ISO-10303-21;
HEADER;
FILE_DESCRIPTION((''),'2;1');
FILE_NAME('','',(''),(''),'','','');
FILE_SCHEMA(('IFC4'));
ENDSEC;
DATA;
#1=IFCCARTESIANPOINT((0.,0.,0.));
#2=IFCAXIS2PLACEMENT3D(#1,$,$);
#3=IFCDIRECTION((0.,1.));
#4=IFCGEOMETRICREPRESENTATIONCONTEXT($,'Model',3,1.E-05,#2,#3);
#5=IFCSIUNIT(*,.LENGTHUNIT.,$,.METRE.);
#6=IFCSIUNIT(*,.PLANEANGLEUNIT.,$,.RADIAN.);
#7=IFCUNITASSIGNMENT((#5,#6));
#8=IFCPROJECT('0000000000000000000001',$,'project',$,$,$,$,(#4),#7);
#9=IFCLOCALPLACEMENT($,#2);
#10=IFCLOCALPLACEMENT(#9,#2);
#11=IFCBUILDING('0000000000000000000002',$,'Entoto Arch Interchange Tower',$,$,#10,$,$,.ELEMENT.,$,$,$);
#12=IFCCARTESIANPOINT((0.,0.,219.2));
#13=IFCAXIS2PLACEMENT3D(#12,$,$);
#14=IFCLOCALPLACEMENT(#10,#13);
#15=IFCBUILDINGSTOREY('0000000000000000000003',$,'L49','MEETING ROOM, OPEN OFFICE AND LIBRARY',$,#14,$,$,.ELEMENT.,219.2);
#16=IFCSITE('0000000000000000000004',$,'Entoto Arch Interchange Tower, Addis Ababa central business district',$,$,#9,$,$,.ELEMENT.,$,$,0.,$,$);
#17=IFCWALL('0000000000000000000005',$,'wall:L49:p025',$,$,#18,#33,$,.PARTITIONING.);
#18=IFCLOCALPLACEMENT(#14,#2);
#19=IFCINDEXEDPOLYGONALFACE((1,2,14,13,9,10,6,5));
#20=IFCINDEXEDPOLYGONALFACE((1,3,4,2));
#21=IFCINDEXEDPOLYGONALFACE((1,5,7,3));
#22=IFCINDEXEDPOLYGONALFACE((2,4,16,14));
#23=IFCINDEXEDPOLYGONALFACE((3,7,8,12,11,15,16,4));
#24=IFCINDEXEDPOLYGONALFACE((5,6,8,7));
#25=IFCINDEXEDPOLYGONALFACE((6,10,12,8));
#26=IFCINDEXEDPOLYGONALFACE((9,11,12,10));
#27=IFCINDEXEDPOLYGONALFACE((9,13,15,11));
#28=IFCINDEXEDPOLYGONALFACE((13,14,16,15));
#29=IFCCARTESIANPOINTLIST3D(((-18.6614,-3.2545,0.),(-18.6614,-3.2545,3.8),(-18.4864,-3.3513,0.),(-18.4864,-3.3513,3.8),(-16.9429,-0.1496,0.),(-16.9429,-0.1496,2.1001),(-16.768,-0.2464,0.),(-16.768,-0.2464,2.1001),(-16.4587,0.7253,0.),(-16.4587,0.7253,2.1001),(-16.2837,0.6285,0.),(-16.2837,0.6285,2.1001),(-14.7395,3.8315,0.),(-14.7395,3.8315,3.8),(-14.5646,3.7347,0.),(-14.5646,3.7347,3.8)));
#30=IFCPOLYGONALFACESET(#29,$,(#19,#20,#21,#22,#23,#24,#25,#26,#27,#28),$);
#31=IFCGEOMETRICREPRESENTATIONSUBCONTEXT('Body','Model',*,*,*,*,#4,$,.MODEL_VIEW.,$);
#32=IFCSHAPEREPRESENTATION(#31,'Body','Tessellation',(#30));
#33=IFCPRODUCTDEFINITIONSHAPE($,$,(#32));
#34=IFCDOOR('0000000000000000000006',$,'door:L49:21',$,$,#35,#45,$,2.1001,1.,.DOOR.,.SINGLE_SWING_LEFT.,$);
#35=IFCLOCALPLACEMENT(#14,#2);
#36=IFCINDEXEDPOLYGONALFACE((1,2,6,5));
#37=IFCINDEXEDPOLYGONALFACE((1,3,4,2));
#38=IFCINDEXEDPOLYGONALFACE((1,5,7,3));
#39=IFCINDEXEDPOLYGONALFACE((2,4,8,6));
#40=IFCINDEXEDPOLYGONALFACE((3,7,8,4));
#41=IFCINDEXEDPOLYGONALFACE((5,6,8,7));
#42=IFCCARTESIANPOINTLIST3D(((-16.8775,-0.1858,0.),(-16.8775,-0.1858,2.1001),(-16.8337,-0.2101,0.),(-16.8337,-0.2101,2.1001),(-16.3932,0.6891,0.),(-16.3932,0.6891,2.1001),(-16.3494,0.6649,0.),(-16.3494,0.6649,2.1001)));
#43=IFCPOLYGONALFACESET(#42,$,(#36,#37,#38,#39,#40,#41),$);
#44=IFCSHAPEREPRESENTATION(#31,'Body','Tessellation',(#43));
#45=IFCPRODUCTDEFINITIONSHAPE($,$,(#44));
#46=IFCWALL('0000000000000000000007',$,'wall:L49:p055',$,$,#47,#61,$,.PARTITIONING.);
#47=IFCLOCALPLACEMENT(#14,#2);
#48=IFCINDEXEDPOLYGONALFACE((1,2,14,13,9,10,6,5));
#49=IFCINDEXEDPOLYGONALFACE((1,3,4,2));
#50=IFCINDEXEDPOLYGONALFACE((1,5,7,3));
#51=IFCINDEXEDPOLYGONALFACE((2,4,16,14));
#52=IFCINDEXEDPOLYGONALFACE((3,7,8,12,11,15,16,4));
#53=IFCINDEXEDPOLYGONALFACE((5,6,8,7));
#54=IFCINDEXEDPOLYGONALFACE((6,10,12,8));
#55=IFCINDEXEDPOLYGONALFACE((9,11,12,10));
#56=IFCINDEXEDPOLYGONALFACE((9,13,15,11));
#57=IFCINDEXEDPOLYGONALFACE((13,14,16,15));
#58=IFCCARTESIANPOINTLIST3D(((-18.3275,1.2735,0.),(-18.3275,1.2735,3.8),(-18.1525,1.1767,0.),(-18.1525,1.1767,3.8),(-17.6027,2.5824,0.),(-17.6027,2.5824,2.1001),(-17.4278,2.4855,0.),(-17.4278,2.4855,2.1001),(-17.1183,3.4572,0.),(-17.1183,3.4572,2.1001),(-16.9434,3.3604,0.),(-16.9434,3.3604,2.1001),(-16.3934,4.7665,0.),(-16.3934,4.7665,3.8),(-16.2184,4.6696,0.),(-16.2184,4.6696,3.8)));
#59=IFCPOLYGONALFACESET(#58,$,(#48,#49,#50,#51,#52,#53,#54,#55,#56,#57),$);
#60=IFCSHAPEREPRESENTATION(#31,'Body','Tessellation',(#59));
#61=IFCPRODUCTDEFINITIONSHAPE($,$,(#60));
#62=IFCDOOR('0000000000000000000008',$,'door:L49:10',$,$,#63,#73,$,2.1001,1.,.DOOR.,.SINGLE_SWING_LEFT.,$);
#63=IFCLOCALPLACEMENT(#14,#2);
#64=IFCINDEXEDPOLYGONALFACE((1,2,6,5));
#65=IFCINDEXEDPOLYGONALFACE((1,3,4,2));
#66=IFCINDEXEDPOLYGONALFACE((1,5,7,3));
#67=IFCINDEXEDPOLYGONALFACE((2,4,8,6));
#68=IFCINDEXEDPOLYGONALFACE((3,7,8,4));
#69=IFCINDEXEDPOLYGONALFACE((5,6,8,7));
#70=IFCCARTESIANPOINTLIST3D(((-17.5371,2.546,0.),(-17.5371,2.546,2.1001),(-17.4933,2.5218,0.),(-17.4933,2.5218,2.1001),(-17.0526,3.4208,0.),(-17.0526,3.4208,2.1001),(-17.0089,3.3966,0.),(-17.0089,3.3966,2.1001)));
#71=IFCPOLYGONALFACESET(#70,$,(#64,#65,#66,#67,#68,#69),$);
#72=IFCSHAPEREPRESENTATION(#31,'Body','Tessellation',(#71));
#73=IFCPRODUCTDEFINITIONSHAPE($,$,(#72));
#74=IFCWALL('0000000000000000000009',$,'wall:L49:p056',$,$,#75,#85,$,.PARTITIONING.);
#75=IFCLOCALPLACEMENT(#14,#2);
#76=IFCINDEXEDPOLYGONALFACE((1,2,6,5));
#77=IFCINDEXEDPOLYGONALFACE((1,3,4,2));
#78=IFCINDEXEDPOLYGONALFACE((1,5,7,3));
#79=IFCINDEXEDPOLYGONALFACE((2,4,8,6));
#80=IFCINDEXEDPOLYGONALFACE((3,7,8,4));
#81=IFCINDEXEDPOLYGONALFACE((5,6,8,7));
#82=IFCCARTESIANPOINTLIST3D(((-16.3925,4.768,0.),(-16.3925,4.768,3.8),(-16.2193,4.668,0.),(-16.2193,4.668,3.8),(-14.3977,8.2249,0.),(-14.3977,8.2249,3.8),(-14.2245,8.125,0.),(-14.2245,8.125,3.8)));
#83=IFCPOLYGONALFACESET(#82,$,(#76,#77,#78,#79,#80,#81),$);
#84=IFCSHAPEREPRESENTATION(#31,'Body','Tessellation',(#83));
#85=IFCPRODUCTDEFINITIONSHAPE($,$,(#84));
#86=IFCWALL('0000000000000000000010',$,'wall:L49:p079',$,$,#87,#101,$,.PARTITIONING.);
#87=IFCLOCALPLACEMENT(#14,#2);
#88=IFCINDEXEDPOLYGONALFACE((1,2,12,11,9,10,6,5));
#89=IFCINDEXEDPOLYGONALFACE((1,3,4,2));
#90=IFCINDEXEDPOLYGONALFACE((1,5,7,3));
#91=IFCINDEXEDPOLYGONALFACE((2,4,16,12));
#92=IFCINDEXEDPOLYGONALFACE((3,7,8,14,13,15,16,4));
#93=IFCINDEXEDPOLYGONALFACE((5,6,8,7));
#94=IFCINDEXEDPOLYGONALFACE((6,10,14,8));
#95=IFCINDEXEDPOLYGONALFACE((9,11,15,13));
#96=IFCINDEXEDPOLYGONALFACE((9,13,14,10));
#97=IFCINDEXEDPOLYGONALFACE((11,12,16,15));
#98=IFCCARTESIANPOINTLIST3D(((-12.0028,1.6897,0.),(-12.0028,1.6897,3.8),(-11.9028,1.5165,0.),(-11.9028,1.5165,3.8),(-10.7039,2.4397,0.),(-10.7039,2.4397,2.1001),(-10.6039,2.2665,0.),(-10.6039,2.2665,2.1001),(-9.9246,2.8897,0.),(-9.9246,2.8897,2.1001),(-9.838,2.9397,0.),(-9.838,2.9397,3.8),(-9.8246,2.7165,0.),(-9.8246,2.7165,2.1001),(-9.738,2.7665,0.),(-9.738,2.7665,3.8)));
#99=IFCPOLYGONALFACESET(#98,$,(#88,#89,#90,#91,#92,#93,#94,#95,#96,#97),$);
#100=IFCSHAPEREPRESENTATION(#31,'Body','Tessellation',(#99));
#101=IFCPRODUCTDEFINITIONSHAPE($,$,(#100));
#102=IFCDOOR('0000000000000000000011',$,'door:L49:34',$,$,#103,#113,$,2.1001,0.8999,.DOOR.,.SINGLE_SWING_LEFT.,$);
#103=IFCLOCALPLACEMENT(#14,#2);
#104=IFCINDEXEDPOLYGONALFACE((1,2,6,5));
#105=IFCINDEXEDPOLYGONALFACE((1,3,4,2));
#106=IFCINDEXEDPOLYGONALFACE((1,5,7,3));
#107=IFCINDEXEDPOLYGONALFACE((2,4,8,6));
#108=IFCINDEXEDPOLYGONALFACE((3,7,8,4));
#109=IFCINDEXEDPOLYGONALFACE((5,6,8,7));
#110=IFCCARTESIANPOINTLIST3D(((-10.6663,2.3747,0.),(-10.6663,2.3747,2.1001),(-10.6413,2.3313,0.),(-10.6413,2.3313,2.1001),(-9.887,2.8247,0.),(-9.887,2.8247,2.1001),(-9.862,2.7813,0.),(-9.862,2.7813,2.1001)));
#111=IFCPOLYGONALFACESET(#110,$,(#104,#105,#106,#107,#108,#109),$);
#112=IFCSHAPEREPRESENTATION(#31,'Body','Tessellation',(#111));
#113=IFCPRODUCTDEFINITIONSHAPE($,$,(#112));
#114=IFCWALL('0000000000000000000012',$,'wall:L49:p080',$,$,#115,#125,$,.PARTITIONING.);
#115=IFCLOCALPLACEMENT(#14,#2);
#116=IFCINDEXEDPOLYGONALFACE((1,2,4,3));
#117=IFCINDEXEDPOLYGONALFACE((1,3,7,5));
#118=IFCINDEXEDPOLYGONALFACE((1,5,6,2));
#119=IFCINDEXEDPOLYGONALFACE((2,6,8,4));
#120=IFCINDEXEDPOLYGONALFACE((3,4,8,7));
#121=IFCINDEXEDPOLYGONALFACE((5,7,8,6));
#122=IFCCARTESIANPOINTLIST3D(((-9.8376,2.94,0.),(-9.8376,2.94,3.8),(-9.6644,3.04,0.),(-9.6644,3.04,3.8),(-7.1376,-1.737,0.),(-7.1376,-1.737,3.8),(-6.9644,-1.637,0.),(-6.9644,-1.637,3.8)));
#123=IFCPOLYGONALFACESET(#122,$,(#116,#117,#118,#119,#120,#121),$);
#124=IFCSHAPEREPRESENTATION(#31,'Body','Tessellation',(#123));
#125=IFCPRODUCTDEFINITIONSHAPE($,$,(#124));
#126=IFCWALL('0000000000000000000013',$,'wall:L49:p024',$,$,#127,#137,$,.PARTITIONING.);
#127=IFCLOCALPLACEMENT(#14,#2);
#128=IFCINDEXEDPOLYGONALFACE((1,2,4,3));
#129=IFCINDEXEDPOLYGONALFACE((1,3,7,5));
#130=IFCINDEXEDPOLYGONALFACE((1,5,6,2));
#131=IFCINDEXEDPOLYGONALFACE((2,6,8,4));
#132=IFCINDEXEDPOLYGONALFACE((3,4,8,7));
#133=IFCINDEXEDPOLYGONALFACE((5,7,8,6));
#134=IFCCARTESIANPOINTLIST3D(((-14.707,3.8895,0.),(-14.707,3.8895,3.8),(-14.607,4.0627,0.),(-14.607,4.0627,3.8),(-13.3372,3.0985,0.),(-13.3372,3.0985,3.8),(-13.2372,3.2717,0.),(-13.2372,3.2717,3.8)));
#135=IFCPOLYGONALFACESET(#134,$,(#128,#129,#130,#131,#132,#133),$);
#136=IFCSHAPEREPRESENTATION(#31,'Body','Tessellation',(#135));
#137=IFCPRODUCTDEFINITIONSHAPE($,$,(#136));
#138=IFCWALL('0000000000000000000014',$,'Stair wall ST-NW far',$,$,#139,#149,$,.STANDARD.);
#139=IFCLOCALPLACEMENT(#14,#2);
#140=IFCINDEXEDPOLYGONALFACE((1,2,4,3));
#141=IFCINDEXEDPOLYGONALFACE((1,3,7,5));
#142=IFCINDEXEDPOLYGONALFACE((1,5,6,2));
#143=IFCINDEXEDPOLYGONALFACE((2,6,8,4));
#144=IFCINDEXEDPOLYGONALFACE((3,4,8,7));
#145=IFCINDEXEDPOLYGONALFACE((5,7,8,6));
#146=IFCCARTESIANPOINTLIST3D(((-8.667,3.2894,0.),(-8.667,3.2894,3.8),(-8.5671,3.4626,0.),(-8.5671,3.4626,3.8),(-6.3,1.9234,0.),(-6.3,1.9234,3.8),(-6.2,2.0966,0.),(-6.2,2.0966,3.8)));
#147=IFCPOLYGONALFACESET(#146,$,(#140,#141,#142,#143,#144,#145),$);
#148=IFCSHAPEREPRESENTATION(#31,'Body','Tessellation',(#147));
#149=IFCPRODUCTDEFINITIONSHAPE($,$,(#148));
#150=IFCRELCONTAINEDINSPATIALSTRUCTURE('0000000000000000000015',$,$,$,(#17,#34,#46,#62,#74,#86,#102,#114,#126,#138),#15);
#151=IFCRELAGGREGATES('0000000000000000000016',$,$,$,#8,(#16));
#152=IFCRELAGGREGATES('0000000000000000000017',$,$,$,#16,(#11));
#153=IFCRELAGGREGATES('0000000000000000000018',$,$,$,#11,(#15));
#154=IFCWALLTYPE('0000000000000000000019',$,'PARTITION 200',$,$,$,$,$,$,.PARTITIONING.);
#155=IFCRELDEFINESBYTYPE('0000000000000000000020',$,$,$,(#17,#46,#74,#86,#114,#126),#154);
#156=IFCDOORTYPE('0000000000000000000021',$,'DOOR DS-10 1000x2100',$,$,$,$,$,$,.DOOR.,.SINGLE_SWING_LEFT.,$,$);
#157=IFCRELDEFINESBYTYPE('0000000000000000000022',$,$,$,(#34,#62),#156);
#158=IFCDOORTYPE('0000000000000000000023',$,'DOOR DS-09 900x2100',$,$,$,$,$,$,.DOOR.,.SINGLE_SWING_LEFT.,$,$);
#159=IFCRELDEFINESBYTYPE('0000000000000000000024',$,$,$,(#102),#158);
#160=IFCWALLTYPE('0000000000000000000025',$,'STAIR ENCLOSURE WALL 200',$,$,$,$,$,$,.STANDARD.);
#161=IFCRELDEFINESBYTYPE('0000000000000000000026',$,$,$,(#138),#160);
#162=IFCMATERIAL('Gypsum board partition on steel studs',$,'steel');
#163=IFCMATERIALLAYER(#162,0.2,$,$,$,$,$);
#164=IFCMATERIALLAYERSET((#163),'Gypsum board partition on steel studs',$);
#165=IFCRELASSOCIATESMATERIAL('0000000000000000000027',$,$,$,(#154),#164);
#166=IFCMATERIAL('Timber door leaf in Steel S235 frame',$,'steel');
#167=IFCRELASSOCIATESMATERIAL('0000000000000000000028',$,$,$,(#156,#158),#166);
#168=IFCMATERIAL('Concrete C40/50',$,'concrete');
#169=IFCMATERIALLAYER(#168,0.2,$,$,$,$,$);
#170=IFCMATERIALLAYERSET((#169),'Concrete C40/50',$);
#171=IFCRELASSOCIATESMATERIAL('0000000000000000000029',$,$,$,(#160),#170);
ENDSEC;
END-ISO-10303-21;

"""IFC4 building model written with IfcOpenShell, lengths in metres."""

from ifc_helpers import new_model, si_unit, direction, frame, frame_2d, origin, place, context, subcontext, project, spatial, rectangle, extrude, material, layer, layer_set, type_object, element, fill, save


model = new_model("IFC4")

# Units and contexts
model_context = context("Model", 3, precision=1e-05, world=origin(), true_north=direction((0.0, 1.0)))
body_context = subcontext(model_context, "Body", "Model", "MODEL_VIEW")
ifc_project = project(units=[si_unit("LENGTHUNIT", "METRE"), si_unit("PLANEANGLEUNIT", "RADIAN")], contexts=[model_context])

# Site, building, storey
site_placement = place(None, origin())
site = spatial("IfcSite", under=ifc_project, at=site_placement, Name="Entoto Arch Interchange Tower, Addis Ababa central business district", CompositionType="ELEMENT", RefElevation=0.0)
building_placement = place(site_placement, origin())
building = spatial("IfcBuilding", under=site, at=building_placement, Name="Entoto Arch Interchange Tower", CompositionType="ELEMENT")
storey_placement = place(building_placement, frame((0.0, 0.0, 219.2)))
storey = spatial("IfcBuildingStorey", under=building, at=storey_placement, Name="L49", Description="MEETING ROOM, OPEN OFFICE AND LIBRARY", CompositionType="ELEMENT", Elevation=219.2)

# Shared definitions
ifc_material_1 = material(Name="Concrete C40/50", Category="concrete")

# Shared definitions
ifc_material_2 = material(Name="Gypsum board partition on steel studs", Category="steel")
ifc_layer_1 = layer(ifc_material_2, 0.2)
ifc_layer_set_1 = layer_set([ifc_layer_1], Name="Gypsum board partition on steel studs")
wall_type_1 = type_object("IfcWallType", Name="PARTITION 200", PredefinedType="PARTITIONING", material=ifc_layer_set_1)

# Walls, openings, doors
wall_1_placement = place(storey_placement, frame((-14.6521, 3.783, 0.0), z_axis=(0.0, 0.0, 1.0), x_axis=(-0.48425, -0.87493, 0.0)))
wall_1 = element("IfcWall", 1, at=wall_1_placement, inside=storey, type_object=wall_type_1, Name="wall:L49:p025", PredefinedType="PARTITIONING", context=body_context, shape_type="SweptSolid", body=[
    extrude(rectangle(XDim=8.0989, YDim=0.2, at=frame_2d((4.0493, 0.0))), origin(), (0.0, 0.0, 1.0), 3.8),
])
opening_1_placement = place(wall_1_placement, frame((3.55, 0.0, 0.0)))
opening_1 = element("IfcOpeningElement", 2, at=opening_1_placement, cuts=wall_1, PredefinedType="OPENING", context=body_context, shape_type="SweptSolid", body=[
    extrude(rectangle(XDim=1.0, YDim=2.1001, at=frame_2d((0.5, 1.05))), frame((0.0, 0.1099, 0.0), z_axis=(0.0, -1.0, 0.0), x_axis=(1.0, 0.0, 0.0)), (0.0, 0.0, 1.0), 0.22),
])
ifc_material_3 = material(Name="Timber door leaf in Steel S235 frame", Category="steel")
door_type_1 = type_object("IfcDoorType", Name="DOOR DS-10 1000x2100", OperationType="SINGLE_SWING_LEFT", PredefinedType="DOOR", material=ifc_material_3)
door_1_placement = place(opening_1_placement, origin())
door_1 = element("IfcDoor", 3, at=door_1_placement, inside=storey, type_object=door_type_1, Name="door:L49:21", OperationType="SINGLE_SWING_LEFT", OverallHeight=2.1001, OverallWidth=1.0, PredefinedType="DOOR", context=body_context, shape_type="SweptSolid", body=[
    extrude(rectangle(XDim=1.0, YDim=2.1001, at=frame_2d((0.5, 1.05))), frame((0.0, 0.0249, 0.0), z_axis=(0.0, -1.0, 0.0), x_axis=(1.0, 0.0, 0.0)), (0.0, 0.0, 1.0), 0.05),
])
fill(opening_1, door_1)
wall_2_placement = place(storey_placement, frame((-18.24, 1.2251, 0.0), z_axis=(0.0, 0.0, 1.0), x_axis=(0.484412, 0.87484, 0.0)))
wall_2 = element("IfcWall", 4, at=wall_2_placement, inside=storey, type_object=wall_type_1, Name="wall:L49:p055", PredefinedType="PARTITIONING", context=body_context, shape_type="SweptSolid", body=[
    extrude(rectangle(XDim=3.9927, YDim=0.2, at=frame_2d((1.9963, 0.0))), origin(), (0.0, 0.0, 1.0), 3.8),
])
opening_2_placement = place(wall_2_placement, frame((1.4961, 0.0, 0.0)))
opening_2 = element("IfcOpeningElement", 5, at=opening_2_placement, cuts=wall_2, PredefinedType="OPENING", context=body_context, shape_type="SweptSolid", body=[
    extrude(rectangle(XDim=1.0, YDim=2.1001, at=frame_2d((0.5, 1.05))), frame((0.0, 0.1099, 0.0), z_axis=(0.0, -1.0, 0.0), x_axis=(1.0, 0.0, 0.0)), (0.0, 0.0, 1.0), 0.22),
])
door_2_placement = place(opening_2_placement, origin())
door_2 = element("IfcDoor", 6, at=door_2_placement, inside=storey, type_object=door_type_1, Name="door:L49:10", OperationType="SINGLE_SWING_LEFT", OverallHeight=2.1001, OverallWidth=1.0, PredefinedType="DOOR", context=body_context, shape_type="SweptSolid", body=[
    extrude(rectangle(XDim=1.0, YDim=2.1001, at=frame_2d((0.5, 1.05))), frame((0.0, 0.0249, 0.0), z_axis=(0.0, -1.0, 0.0), x_axis=(1.0, 0.0, 0.0)), (0.0, 0.0, 1.0), 0.05),
])
fill(opening_2, door_2)

# Wall
wall_3_placement = place(storey_placement, frame((-16.3059, 4.718, 0.0), z_axis=(0.0, 0.0, 1.0), x_axis=(0.499804, 0.866139, 0.0)))
element("IfcWall", 7, at=wall_3_placement, inside=storey, type_object=wall_type_1, Name="wall:L49:p056", PredefinedType="PARTITIONING", context=body_context, shape_type="SweptSolid", body=[
    extrude(rectangle(XDim=3.9912, YDim=0.2, at=frame_2d((1.9956, 0.0))), origin(), (0.0, 0.0, 1.0), 3.8),
])

# Wall, opening, door
wall_4_placement = place(storey_placement, frame((-11.9529, 1.603, 0.0), z_axis=(0.0, 0.0, 1.0), x_axis=(0.865999, 0.500047, 0.0)))
wall_4 = element("IfcWall", 8, at=wall_4_placement, inside=storey, type_object=wall_type_1, Name="wall:L49:p079", PredefinedType="PARTITIONING", context=body_context, shape_type="SweptSolid", body=[
    extrude(rectangle(XDim=2.4998, YDim=0.2, at=frame_2d((1.25, 0.0))), origin(), (0.0, 0.0, 1.0), 3.8),
])
opening_3_placement = place(wall_4_placement, frame((1.5, 0.0, 0.0)))
opening_3 = element("IfcOpeningElement", 9, at=opening_3_placement, cuts=wall_4, PredefinedType="OPENING", context=body_context, shape_type="SweptSolid", body=[
    extrude(rectangle(XDim=0.8999, YDim=2.1001, at=frame_2d((0.45, 1.05))), frame((0.0, 0.1099, 0.0), z_axis=(0.0, -1.0, 0.0), x_axis=(1.0, 0.0, 0.0)), (0.0, 0.0, 1.0), 0.22),
])
door_type_2 = type_object("IfcDoorType", Name="DOOR DS-09 900x2100", OperationType="SINGLE_SWING_LEFT", PredefinedType="DOOR", material=ifc_material_3)
door_3_placement = place(opening_3_placement, origin())
door_3 = element("IfcDoor", 10, at=door_3_placement, inside=storey, type_object=door_type_2, Name="door:L49:34", OperationType="SINGLE_SWING_LEFT", OverallHeight=2.1001, OverallWidth=0.8999, PredefinedType="DOOR", context=body_context, shape_type="SweptSolid", body=[
    extrude(rectangle(XDim=0.8999, YDim=2.1001, at=frame_2d((0.45, 1.05))), frame((0.0, 0.0249, 0.0), z_axis=(0.0, -1.0, 0.0), x_axis=(1.0, 0.0, 0.0)), (0.0, 0.0, 1.0), 0.05),
])
fill(opening_3, door_3)

# Walls
wall_5_placement = place(storey_placement, frame((-9.751, 2.99, 0.0), z_axis=(0.0, 0.0, 1.0), x_axis=(0.499956, -0.866051, 0.0)))
element("IfcWall", 11, at=wall_5_placement, inside=storey, type_object=wall_type_1, Name="wall:L49:p080", PredefinedType="PARTITIONING", context=body_context, shape_type="SweptSolid", body=[
    extrude(rectangle(XDim=5.4004, YDim=0.2, at=frame_2d((2.7002, 0.0))), origin(), (0.0, 0.0, 1.0), 3.8),
])
wall_6_placement = place(storey_placement, frame((-13.2871, 3.1851, 0.0), z_axis=(0.0, 0.0, 1.0), x_axis=(-0.865993, 0.500056, 0.0)))
element("IfcWall", 12, at=wall_6_placement, inside=storey, type_object=wall_type_1, Name="wall:L49:p024", PredefinedType="PARTITIONING", context=body_context, shape_type="SweptSolid", body=[
    extrude(rectangle(XDim=1.5818, YDim=0.2, at=frame_2d((0.791, 0.0))), origin(), (0.0, 0.0, 1.0), 3.8),
])
ifc_layer_2 = layer(ifc_material_1, 0.2)
ifc_layer_set_2 = layer_set([ifc_layer_2], Name="Concrete C40/50")
wall_type_2 = type_object("IfcWallType", Name="STAIR ENCLOSURE WALL 200", PredefinedType="STANDARD", material=ifc_layer_set_2)
wall_7_placement = place(storey_placement, frame((-6.25, 2.01, 0.0), z_axis=(0.0, 0.0, 1.0), x_axis=(-0.866119, 0.499838, 0.0)))
element("IfcWall", 13, at=wall_7_placement, inside=storey, type_object=wall_type_2, Name="Stair wall ST-NW far", PredefinedType="STANDARD", context=body_context, shape_type="SweptSolid", body=[
    extrude(rectangle(XDim=2.7329, YDim=0.2, at=frame_2d((1.3665, 0.0))), origin(), (0.0, 0.0, 1.0), 3.8),
])

save(model, "model.ifc")
